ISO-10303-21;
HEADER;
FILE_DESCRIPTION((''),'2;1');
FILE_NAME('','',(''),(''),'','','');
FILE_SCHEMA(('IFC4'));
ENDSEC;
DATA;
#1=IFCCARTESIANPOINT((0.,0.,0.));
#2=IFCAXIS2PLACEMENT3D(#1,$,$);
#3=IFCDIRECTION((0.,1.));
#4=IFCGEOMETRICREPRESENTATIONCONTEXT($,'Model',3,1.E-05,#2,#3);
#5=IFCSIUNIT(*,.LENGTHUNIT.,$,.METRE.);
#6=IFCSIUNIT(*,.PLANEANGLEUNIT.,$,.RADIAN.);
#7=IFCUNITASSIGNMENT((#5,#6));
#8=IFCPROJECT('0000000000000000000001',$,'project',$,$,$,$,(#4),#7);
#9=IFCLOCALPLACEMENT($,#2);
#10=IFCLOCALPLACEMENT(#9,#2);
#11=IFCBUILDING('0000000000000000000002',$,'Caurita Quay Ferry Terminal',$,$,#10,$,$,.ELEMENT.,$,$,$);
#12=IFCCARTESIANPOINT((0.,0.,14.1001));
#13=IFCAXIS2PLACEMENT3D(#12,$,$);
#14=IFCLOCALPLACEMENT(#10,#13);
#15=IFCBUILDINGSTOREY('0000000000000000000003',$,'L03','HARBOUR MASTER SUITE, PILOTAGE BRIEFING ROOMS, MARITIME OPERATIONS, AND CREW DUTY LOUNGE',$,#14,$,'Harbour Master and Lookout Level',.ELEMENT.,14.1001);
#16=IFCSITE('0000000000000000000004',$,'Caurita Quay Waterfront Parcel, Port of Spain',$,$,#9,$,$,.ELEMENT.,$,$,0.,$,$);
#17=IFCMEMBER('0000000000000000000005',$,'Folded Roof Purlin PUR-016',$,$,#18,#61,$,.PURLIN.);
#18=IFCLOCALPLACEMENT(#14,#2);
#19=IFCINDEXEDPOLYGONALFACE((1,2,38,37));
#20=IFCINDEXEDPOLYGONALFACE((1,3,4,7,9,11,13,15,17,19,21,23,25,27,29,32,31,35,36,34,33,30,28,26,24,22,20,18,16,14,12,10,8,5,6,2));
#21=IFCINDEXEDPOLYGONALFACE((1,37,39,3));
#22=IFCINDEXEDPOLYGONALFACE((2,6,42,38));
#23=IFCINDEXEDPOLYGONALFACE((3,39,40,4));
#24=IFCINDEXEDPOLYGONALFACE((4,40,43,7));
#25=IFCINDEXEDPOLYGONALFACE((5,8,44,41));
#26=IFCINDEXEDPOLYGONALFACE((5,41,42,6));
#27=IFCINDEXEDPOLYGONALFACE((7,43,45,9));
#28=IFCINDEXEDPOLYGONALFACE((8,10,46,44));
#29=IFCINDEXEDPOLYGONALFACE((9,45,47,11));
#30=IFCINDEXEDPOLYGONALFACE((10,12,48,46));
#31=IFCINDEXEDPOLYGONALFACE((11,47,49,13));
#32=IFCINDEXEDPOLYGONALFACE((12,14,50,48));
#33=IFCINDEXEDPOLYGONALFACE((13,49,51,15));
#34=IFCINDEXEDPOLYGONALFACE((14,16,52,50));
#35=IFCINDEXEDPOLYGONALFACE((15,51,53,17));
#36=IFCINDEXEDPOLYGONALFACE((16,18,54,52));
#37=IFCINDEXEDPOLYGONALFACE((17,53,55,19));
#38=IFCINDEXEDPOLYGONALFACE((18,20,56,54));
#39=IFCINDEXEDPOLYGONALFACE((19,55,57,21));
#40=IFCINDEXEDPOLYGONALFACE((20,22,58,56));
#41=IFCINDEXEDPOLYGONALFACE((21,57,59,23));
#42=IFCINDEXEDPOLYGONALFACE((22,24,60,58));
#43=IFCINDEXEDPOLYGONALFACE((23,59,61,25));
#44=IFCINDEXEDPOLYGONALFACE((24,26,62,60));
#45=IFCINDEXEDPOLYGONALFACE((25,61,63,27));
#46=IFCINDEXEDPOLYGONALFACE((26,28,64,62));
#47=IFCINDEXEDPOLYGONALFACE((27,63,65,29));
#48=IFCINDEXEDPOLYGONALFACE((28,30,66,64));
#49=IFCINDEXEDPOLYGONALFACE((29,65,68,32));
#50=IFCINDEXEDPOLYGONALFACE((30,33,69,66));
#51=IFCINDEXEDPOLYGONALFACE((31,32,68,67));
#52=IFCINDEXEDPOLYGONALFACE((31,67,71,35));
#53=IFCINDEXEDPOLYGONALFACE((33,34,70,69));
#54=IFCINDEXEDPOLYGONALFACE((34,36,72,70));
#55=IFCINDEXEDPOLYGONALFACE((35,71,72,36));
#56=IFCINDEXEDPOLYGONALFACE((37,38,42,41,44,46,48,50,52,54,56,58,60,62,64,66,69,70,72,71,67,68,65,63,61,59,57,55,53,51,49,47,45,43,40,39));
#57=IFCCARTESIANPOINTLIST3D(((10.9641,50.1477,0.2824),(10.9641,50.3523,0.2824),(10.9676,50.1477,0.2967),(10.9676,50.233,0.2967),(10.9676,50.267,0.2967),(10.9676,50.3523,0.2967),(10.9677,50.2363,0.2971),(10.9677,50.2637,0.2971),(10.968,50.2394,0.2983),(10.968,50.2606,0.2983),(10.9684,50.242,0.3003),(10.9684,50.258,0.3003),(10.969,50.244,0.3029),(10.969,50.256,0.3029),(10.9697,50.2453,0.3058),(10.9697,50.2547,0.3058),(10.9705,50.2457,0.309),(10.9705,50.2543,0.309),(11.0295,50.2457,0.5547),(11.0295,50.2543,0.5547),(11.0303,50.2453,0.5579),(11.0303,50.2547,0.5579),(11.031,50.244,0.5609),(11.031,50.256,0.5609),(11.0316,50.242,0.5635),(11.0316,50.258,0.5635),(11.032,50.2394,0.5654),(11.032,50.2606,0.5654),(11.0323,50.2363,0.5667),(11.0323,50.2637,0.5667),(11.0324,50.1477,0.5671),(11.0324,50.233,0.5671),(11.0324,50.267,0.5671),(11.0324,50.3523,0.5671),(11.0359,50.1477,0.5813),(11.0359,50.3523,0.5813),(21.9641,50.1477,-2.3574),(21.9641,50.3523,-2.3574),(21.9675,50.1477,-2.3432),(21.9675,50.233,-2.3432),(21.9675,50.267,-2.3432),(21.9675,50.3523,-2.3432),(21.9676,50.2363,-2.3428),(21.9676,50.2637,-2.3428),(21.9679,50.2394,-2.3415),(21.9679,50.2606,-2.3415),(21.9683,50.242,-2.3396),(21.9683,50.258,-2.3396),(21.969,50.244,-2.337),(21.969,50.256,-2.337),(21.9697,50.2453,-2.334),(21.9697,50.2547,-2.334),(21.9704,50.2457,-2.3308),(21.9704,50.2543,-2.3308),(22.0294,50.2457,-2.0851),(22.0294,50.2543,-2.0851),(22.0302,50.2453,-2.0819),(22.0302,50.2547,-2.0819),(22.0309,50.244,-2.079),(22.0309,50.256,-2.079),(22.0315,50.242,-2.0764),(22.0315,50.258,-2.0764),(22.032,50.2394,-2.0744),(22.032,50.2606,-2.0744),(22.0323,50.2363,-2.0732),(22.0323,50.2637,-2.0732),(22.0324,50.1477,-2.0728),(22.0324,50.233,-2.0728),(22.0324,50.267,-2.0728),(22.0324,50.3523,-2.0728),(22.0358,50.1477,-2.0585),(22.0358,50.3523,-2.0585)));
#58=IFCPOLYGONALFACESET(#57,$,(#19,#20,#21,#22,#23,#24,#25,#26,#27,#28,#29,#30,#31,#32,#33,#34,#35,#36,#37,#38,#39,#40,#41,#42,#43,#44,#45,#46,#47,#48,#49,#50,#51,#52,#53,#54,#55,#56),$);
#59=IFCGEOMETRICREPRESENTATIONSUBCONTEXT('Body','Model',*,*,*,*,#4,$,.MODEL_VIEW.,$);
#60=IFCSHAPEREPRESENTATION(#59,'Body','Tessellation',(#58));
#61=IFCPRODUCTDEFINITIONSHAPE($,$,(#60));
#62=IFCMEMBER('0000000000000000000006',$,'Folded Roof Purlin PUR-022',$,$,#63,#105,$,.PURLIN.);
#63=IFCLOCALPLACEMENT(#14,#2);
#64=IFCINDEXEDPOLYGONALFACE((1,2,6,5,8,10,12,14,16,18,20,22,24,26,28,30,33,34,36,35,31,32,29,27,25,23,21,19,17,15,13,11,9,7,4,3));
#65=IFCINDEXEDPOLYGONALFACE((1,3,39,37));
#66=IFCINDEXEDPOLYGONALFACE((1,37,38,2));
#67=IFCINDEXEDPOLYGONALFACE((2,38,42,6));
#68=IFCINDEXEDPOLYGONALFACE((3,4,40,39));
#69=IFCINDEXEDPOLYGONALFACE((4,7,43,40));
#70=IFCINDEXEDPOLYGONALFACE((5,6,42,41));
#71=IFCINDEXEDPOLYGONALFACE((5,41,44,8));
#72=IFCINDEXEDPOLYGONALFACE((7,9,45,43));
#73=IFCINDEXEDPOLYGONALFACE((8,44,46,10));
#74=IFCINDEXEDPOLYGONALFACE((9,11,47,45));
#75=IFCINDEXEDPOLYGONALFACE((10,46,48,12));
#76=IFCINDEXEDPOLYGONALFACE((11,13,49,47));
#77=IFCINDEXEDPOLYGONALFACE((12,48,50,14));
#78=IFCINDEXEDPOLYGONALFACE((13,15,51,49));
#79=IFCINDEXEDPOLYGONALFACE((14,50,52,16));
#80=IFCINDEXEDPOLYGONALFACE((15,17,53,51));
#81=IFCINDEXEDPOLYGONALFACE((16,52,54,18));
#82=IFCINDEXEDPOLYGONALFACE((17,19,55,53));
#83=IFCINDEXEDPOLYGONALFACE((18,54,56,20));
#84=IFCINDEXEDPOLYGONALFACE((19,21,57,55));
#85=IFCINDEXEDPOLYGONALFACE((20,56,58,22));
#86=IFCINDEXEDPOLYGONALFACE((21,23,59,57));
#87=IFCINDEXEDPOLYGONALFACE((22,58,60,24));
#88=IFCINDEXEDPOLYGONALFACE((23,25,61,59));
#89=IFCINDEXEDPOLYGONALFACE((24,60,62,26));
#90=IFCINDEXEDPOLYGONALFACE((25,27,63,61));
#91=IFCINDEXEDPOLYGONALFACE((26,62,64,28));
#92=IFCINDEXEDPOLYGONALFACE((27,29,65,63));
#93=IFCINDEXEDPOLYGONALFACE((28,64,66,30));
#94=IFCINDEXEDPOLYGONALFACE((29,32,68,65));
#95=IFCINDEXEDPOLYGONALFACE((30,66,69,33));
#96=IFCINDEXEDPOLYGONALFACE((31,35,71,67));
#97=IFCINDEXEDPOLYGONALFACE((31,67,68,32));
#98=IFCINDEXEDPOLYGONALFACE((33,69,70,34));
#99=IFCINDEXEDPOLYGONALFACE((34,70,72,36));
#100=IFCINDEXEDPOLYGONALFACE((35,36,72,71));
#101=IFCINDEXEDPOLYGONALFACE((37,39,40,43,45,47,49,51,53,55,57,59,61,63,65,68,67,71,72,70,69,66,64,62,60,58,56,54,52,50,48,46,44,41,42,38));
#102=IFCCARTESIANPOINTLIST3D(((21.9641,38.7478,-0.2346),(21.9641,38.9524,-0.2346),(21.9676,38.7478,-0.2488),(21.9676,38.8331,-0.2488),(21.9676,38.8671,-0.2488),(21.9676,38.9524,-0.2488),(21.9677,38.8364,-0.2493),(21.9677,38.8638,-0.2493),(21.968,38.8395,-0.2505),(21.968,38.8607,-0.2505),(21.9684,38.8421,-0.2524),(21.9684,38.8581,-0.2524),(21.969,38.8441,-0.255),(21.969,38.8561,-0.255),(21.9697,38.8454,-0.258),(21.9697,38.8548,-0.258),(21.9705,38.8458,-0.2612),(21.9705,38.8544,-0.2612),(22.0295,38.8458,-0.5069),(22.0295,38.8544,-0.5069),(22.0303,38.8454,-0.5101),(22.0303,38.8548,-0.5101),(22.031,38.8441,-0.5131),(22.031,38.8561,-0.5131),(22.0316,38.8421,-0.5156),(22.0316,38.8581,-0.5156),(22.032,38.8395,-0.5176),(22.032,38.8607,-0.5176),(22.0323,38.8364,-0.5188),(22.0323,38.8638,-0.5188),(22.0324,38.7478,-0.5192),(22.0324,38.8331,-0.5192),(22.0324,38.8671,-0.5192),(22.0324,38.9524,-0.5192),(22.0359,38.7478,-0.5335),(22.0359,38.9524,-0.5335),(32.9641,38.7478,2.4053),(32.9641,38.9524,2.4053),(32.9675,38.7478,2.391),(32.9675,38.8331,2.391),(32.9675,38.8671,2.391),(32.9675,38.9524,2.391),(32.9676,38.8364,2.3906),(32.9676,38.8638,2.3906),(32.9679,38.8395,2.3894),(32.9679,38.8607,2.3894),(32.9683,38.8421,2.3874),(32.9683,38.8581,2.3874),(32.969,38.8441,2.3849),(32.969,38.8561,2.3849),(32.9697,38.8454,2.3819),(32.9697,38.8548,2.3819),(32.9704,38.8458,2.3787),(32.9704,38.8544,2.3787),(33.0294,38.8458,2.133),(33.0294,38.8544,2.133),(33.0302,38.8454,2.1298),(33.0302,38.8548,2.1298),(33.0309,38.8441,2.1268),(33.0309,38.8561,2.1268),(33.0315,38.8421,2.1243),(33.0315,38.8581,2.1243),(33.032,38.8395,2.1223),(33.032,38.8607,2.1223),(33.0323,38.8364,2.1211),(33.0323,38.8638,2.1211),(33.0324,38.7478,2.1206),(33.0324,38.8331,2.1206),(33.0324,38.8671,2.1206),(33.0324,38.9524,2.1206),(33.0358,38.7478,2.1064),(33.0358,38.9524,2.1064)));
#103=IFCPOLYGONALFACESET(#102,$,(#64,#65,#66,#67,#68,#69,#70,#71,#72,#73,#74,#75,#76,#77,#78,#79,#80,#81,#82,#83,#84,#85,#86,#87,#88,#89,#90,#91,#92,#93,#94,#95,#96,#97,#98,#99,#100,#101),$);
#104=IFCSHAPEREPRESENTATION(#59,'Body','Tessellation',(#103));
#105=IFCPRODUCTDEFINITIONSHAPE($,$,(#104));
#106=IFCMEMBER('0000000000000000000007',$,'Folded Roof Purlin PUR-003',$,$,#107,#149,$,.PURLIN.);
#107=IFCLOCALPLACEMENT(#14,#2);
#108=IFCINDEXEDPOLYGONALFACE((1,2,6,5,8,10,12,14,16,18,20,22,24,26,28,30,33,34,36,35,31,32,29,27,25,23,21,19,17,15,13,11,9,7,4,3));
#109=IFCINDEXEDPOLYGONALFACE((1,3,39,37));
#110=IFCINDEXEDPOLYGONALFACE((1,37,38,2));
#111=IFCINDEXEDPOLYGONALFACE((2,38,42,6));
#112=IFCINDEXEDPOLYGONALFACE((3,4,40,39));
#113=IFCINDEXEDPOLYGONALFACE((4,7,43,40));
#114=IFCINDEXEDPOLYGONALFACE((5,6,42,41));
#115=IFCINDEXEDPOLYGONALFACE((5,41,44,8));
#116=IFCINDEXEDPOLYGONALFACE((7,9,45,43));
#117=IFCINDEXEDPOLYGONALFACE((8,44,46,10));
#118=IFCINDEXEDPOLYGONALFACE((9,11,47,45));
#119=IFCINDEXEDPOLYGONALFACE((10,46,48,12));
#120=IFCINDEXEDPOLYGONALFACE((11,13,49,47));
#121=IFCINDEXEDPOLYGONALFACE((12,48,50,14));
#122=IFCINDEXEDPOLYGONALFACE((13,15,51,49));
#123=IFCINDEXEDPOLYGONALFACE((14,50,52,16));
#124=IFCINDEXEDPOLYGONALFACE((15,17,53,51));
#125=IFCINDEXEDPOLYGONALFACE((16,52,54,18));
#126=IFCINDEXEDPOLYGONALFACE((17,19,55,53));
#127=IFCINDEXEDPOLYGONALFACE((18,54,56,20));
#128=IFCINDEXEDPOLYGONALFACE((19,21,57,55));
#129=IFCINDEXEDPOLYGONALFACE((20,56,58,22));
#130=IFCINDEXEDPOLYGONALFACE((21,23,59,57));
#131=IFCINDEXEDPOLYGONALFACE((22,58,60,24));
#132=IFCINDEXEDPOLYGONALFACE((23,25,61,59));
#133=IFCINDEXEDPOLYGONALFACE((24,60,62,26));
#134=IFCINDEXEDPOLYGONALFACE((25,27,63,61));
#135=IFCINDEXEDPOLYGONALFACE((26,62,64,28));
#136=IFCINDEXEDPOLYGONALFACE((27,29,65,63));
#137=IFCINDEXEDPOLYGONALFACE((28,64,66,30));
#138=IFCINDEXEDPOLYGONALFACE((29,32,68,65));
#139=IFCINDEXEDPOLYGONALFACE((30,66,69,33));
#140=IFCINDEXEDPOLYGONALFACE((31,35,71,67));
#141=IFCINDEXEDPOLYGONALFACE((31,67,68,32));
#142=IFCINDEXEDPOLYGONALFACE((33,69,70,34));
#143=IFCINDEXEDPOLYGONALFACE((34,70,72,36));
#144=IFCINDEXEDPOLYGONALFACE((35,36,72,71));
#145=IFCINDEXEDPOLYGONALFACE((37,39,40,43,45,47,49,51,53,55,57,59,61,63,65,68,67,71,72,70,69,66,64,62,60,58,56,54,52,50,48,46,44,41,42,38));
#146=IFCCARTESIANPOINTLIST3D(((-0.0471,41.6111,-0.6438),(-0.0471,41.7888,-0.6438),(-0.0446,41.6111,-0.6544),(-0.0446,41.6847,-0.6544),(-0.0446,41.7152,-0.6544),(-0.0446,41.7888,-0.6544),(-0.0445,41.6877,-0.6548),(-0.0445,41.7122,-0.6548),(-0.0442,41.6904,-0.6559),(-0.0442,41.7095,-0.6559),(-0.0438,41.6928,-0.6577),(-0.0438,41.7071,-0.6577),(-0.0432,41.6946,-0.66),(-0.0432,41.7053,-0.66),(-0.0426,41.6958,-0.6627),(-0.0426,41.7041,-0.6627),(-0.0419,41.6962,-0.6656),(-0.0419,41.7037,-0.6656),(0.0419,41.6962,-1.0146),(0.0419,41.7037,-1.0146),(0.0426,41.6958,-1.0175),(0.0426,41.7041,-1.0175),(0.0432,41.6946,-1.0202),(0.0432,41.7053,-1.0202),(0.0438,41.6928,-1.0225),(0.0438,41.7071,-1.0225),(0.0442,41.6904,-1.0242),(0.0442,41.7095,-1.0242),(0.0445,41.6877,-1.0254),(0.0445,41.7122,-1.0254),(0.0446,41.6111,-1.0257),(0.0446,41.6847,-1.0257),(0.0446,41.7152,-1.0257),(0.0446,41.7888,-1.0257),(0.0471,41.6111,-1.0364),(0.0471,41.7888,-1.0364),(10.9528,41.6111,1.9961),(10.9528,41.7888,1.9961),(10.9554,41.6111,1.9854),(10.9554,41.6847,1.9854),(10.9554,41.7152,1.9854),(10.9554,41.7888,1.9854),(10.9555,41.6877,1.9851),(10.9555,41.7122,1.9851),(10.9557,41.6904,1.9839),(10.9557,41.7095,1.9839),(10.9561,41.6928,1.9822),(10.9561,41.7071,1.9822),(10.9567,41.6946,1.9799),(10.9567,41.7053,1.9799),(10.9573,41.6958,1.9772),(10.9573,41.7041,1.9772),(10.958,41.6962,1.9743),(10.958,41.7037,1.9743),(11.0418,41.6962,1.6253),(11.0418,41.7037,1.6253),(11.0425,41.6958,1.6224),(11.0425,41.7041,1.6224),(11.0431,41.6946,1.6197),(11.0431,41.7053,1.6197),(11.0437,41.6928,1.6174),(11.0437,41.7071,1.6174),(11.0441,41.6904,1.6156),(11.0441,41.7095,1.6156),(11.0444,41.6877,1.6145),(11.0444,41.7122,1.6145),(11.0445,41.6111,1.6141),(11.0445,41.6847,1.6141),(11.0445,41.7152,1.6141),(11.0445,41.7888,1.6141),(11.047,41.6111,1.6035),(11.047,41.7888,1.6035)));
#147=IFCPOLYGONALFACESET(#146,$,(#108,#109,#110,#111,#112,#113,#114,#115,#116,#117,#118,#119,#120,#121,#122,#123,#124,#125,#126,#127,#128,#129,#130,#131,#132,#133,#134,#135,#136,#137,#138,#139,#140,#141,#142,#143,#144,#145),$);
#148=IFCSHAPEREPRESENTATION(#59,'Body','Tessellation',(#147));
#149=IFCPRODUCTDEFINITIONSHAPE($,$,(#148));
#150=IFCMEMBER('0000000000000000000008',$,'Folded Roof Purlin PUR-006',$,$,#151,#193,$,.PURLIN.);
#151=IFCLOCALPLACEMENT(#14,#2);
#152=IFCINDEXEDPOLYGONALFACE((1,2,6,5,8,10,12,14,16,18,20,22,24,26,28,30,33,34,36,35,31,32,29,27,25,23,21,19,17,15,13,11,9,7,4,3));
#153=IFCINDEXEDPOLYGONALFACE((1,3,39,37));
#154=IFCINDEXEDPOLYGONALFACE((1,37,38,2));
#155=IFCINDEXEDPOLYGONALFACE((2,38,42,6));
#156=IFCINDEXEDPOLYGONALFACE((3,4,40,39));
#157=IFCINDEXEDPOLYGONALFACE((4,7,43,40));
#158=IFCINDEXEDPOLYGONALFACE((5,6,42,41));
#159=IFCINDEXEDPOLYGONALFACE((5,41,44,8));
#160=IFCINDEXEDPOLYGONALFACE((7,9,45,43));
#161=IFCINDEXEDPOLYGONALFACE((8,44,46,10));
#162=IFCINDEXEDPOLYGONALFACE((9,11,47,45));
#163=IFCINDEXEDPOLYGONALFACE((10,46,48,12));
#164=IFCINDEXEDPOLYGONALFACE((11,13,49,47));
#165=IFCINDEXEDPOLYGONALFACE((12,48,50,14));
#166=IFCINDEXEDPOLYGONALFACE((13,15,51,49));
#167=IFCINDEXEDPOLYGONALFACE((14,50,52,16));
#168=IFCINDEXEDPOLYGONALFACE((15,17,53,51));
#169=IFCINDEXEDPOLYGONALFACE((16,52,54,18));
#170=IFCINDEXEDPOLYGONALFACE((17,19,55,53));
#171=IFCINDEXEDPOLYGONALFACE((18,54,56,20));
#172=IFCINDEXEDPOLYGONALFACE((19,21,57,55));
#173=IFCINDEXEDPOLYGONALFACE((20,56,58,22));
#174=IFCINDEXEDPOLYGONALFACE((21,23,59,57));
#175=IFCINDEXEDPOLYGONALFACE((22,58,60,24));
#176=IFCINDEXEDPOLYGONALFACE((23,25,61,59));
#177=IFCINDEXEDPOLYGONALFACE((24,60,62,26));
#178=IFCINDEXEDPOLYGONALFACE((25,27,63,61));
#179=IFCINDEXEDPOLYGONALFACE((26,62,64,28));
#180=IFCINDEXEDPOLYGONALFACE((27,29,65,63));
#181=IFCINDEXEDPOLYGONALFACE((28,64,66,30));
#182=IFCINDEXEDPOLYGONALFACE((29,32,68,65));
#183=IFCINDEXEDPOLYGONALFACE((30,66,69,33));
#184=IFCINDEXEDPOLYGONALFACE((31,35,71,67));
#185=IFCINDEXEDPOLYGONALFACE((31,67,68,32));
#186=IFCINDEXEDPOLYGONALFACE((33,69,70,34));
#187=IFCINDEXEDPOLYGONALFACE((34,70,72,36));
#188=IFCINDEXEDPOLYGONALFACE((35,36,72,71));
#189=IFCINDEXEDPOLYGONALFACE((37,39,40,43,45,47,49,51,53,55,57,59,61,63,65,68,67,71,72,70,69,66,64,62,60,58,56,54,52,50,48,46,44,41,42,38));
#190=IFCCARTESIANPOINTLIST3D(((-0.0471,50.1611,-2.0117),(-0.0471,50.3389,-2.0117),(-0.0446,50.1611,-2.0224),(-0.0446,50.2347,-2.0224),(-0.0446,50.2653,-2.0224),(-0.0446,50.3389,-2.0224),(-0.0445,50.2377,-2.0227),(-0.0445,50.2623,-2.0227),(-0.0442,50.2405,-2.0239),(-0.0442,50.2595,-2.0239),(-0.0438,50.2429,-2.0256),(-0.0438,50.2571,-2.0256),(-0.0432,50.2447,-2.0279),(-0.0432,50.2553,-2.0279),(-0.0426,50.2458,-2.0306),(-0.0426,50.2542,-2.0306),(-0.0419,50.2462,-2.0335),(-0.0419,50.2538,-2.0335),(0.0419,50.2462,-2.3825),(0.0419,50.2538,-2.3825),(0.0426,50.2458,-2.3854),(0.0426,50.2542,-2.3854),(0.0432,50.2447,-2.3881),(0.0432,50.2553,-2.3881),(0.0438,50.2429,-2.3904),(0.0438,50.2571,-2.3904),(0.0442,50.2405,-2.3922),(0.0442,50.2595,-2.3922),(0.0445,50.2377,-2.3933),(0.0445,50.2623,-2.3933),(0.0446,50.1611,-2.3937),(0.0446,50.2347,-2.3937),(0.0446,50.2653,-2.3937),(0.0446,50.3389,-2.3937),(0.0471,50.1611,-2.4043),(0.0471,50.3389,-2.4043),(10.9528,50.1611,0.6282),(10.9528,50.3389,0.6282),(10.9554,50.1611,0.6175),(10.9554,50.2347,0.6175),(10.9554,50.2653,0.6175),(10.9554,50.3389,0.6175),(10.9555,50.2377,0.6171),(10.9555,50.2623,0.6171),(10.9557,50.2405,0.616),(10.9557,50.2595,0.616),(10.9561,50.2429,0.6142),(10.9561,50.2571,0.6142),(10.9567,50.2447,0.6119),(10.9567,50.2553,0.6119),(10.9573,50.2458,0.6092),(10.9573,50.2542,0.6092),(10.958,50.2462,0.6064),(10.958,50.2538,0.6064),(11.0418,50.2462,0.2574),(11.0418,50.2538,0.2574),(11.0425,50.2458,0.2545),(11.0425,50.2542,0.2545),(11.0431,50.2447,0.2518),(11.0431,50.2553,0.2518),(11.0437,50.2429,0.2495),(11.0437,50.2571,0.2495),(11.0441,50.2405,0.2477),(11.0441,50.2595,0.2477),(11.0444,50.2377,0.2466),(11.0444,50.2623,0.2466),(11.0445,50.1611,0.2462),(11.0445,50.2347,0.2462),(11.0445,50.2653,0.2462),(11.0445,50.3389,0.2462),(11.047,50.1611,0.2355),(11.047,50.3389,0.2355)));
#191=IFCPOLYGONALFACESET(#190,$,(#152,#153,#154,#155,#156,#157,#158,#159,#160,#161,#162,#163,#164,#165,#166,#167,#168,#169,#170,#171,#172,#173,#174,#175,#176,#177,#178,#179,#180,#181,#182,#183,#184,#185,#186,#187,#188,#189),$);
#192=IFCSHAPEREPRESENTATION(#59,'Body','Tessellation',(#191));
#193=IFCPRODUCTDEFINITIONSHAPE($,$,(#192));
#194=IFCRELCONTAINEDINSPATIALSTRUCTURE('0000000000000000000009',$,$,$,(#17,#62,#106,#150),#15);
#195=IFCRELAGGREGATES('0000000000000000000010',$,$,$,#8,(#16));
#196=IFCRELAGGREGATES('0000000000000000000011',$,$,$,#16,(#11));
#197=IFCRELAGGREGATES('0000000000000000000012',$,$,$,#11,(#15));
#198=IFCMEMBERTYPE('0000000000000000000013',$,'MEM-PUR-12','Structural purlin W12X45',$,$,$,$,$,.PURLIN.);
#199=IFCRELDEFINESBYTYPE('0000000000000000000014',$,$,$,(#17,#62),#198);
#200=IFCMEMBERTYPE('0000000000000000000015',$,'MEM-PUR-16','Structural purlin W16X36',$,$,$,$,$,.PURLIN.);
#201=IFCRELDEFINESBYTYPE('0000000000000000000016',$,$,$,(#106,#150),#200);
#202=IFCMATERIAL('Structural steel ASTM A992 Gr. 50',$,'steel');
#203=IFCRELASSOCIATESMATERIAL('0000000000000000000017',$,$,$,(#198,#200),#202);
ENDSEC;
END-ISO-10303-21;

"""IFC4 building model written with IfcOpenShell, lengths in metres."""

from ifc_helpers import new_model, si_unit, direction, frame, origin, origin_2d, place, context, subcontext, project, spatial, i_section, extrude, material, material_profile, profile_set, type_object, element, save


model = new_model("IFC4")

# Units and contexts
model_context = context("Model", 3, precision=1e-05, world=origin(), true_north=direction((0.0, 1.0)))
body_context = subcontext(model_context, "Body", "Model", "MODEL_VIEW")
ifc_project = project(units=[si_unit("LENGTHUNIT", "METRE"), si_unit("PLANEANGLEUNIT", "RADIAN")], contexts=[model_context])

# Site, building, storey
site_placement = place(None, origin())
site = spatial("IfcSite", under=ifc_project, at=site_placement, Name="Caurita Quay Waterfront Parcel, Port of Spain", CompositionType="ELEMENT", RefElevation=0.0)
building_placement = place(site_placement, origin())
building = spatial("IfcBuilding", under=site, at=building_placement, Name="Caurita Quay Ferry Terminal", CompositionType="ELEMENT")
storey_placement = place(building_placement, frame((0.0, 0.0, 14.1001)))
storey = spatial("IfcBuildingStorey", under=building, at=storey_placement, Name="L03", Description="HARBOUR MASTER SUITE, PILOTAGE BRIEFING ROOMS, MARITIME OPERATIONS, AND CREW DUTY LOUNGE", LongName="Harbour Master and Lookout Level", CompositionType="ELEMENT", Elevation=14.1001)

# Shared definitions
ifc_material_1 = material(Name="Structural steel ASTM A992 Gr. 50", Category="steel")

# Members
ifc_material_profile_1 = material_profile(ifc_material_1, i_section(OverallWidth=0.2046, OverallDepth=0.3074, WebThickness=0.0085, FlangeThickness=0.0146, FilletRadius=0.0127, at=origin_2d()), Name="W12X45")
ifc_profile_set_1 = profile_set([ifc_material_profile_1], Name="Structural steel ASTM A992 Gr. 50")
member_type_1 = type_object("IfcMemberType", Name="MEM-PUR-12", Description="Structural purlin W12X45", PredefinedType="PURLIN", material=ifc_profile_set_1)
for number, where, z_axis, x_axis, name in (
    (1, (11.0, 50.25, 0.4319), (0.972389, 0.0, -0.233364), (0.0, 1.0, 0.0), "Folded Roof Purlin PUR-016"),
    (2, (22.0, 38.8501, -0.384), (0.972389, 0.0, 0.233364), (0.0, 1.0, 0.0), "Folded Roof Purlin PUR-022"),
):
    element("IfcMember", number, at=place(storey_placement, frame(where, z_axis=z_axis, x_axis=x_axis)), inside=storey, type_object=member_type_1, Name=name, PredefinedType="PURLIN", context=body_context, shape_type="SweptSolid", body=[
        extrude(i_section(OverallWidth=0.2046, OverallDepth=0.3074, WebThickness=0.0085, FlangeThickness=0.0146, FilletRadius=0.0127, at=origin_2d()), origin(), (0.0, 0.0, 1.0), 11.3123),
    ])
ifc_material_profile_2 = material_profile(ifc_material_1, i_section(OverallWidth=0.1777, OverallDepth=0.4038, WebThickness=0.0076, FlangeThickness=0.011, FilletRadius=0.0115, at=origin_2d()), Name="W16X36")
ifc_profile_set_2 = profile_set([ifc_material_profile_2], Name="Structural steel ASTM A992 Gr. 50")
member_type_2 = type_object("IfcMemberType", Name="MEM-PUR-16", Description="Structural purlin W16X36", PredefinedType="PURLIN", material=ifc_profile_set_2)
for number, where, z_axis, x_axis, name in (
    (3, (0.0, 41.7, -0.8401), (0.972389, 0.0, 0.233364), (0.0, 1.0, 0.0), "Folded Roof Purlin PUR-003"),
    (4, (0.0, 50.25, -2.208), (0.972389, 0.0, 0.233364), (0.0, 1.0, 0.0), "Folded Roof Purlin PUR-006"),
):
    element("IfcMember", number, at=place(storey_placement, frame(where, z_axis=z_axis, x_axis=x_axis)), inside=storey, type_object=member_type_2, Name=name, PredefinedType="PURLIN", context=body_context, shape_type="SweptSolid", body=[
        extrude(i_section(OverallWidth=0.1777, OverallDepth=0.4038, WebThickness=0.0076, FlangeThickness=0.011, FilletRadius=0.0115, at=origin_2d()), origin(), (0.0, 0.0, 1.0), 11.3123),
    ])

save(model, "model.ifc")
